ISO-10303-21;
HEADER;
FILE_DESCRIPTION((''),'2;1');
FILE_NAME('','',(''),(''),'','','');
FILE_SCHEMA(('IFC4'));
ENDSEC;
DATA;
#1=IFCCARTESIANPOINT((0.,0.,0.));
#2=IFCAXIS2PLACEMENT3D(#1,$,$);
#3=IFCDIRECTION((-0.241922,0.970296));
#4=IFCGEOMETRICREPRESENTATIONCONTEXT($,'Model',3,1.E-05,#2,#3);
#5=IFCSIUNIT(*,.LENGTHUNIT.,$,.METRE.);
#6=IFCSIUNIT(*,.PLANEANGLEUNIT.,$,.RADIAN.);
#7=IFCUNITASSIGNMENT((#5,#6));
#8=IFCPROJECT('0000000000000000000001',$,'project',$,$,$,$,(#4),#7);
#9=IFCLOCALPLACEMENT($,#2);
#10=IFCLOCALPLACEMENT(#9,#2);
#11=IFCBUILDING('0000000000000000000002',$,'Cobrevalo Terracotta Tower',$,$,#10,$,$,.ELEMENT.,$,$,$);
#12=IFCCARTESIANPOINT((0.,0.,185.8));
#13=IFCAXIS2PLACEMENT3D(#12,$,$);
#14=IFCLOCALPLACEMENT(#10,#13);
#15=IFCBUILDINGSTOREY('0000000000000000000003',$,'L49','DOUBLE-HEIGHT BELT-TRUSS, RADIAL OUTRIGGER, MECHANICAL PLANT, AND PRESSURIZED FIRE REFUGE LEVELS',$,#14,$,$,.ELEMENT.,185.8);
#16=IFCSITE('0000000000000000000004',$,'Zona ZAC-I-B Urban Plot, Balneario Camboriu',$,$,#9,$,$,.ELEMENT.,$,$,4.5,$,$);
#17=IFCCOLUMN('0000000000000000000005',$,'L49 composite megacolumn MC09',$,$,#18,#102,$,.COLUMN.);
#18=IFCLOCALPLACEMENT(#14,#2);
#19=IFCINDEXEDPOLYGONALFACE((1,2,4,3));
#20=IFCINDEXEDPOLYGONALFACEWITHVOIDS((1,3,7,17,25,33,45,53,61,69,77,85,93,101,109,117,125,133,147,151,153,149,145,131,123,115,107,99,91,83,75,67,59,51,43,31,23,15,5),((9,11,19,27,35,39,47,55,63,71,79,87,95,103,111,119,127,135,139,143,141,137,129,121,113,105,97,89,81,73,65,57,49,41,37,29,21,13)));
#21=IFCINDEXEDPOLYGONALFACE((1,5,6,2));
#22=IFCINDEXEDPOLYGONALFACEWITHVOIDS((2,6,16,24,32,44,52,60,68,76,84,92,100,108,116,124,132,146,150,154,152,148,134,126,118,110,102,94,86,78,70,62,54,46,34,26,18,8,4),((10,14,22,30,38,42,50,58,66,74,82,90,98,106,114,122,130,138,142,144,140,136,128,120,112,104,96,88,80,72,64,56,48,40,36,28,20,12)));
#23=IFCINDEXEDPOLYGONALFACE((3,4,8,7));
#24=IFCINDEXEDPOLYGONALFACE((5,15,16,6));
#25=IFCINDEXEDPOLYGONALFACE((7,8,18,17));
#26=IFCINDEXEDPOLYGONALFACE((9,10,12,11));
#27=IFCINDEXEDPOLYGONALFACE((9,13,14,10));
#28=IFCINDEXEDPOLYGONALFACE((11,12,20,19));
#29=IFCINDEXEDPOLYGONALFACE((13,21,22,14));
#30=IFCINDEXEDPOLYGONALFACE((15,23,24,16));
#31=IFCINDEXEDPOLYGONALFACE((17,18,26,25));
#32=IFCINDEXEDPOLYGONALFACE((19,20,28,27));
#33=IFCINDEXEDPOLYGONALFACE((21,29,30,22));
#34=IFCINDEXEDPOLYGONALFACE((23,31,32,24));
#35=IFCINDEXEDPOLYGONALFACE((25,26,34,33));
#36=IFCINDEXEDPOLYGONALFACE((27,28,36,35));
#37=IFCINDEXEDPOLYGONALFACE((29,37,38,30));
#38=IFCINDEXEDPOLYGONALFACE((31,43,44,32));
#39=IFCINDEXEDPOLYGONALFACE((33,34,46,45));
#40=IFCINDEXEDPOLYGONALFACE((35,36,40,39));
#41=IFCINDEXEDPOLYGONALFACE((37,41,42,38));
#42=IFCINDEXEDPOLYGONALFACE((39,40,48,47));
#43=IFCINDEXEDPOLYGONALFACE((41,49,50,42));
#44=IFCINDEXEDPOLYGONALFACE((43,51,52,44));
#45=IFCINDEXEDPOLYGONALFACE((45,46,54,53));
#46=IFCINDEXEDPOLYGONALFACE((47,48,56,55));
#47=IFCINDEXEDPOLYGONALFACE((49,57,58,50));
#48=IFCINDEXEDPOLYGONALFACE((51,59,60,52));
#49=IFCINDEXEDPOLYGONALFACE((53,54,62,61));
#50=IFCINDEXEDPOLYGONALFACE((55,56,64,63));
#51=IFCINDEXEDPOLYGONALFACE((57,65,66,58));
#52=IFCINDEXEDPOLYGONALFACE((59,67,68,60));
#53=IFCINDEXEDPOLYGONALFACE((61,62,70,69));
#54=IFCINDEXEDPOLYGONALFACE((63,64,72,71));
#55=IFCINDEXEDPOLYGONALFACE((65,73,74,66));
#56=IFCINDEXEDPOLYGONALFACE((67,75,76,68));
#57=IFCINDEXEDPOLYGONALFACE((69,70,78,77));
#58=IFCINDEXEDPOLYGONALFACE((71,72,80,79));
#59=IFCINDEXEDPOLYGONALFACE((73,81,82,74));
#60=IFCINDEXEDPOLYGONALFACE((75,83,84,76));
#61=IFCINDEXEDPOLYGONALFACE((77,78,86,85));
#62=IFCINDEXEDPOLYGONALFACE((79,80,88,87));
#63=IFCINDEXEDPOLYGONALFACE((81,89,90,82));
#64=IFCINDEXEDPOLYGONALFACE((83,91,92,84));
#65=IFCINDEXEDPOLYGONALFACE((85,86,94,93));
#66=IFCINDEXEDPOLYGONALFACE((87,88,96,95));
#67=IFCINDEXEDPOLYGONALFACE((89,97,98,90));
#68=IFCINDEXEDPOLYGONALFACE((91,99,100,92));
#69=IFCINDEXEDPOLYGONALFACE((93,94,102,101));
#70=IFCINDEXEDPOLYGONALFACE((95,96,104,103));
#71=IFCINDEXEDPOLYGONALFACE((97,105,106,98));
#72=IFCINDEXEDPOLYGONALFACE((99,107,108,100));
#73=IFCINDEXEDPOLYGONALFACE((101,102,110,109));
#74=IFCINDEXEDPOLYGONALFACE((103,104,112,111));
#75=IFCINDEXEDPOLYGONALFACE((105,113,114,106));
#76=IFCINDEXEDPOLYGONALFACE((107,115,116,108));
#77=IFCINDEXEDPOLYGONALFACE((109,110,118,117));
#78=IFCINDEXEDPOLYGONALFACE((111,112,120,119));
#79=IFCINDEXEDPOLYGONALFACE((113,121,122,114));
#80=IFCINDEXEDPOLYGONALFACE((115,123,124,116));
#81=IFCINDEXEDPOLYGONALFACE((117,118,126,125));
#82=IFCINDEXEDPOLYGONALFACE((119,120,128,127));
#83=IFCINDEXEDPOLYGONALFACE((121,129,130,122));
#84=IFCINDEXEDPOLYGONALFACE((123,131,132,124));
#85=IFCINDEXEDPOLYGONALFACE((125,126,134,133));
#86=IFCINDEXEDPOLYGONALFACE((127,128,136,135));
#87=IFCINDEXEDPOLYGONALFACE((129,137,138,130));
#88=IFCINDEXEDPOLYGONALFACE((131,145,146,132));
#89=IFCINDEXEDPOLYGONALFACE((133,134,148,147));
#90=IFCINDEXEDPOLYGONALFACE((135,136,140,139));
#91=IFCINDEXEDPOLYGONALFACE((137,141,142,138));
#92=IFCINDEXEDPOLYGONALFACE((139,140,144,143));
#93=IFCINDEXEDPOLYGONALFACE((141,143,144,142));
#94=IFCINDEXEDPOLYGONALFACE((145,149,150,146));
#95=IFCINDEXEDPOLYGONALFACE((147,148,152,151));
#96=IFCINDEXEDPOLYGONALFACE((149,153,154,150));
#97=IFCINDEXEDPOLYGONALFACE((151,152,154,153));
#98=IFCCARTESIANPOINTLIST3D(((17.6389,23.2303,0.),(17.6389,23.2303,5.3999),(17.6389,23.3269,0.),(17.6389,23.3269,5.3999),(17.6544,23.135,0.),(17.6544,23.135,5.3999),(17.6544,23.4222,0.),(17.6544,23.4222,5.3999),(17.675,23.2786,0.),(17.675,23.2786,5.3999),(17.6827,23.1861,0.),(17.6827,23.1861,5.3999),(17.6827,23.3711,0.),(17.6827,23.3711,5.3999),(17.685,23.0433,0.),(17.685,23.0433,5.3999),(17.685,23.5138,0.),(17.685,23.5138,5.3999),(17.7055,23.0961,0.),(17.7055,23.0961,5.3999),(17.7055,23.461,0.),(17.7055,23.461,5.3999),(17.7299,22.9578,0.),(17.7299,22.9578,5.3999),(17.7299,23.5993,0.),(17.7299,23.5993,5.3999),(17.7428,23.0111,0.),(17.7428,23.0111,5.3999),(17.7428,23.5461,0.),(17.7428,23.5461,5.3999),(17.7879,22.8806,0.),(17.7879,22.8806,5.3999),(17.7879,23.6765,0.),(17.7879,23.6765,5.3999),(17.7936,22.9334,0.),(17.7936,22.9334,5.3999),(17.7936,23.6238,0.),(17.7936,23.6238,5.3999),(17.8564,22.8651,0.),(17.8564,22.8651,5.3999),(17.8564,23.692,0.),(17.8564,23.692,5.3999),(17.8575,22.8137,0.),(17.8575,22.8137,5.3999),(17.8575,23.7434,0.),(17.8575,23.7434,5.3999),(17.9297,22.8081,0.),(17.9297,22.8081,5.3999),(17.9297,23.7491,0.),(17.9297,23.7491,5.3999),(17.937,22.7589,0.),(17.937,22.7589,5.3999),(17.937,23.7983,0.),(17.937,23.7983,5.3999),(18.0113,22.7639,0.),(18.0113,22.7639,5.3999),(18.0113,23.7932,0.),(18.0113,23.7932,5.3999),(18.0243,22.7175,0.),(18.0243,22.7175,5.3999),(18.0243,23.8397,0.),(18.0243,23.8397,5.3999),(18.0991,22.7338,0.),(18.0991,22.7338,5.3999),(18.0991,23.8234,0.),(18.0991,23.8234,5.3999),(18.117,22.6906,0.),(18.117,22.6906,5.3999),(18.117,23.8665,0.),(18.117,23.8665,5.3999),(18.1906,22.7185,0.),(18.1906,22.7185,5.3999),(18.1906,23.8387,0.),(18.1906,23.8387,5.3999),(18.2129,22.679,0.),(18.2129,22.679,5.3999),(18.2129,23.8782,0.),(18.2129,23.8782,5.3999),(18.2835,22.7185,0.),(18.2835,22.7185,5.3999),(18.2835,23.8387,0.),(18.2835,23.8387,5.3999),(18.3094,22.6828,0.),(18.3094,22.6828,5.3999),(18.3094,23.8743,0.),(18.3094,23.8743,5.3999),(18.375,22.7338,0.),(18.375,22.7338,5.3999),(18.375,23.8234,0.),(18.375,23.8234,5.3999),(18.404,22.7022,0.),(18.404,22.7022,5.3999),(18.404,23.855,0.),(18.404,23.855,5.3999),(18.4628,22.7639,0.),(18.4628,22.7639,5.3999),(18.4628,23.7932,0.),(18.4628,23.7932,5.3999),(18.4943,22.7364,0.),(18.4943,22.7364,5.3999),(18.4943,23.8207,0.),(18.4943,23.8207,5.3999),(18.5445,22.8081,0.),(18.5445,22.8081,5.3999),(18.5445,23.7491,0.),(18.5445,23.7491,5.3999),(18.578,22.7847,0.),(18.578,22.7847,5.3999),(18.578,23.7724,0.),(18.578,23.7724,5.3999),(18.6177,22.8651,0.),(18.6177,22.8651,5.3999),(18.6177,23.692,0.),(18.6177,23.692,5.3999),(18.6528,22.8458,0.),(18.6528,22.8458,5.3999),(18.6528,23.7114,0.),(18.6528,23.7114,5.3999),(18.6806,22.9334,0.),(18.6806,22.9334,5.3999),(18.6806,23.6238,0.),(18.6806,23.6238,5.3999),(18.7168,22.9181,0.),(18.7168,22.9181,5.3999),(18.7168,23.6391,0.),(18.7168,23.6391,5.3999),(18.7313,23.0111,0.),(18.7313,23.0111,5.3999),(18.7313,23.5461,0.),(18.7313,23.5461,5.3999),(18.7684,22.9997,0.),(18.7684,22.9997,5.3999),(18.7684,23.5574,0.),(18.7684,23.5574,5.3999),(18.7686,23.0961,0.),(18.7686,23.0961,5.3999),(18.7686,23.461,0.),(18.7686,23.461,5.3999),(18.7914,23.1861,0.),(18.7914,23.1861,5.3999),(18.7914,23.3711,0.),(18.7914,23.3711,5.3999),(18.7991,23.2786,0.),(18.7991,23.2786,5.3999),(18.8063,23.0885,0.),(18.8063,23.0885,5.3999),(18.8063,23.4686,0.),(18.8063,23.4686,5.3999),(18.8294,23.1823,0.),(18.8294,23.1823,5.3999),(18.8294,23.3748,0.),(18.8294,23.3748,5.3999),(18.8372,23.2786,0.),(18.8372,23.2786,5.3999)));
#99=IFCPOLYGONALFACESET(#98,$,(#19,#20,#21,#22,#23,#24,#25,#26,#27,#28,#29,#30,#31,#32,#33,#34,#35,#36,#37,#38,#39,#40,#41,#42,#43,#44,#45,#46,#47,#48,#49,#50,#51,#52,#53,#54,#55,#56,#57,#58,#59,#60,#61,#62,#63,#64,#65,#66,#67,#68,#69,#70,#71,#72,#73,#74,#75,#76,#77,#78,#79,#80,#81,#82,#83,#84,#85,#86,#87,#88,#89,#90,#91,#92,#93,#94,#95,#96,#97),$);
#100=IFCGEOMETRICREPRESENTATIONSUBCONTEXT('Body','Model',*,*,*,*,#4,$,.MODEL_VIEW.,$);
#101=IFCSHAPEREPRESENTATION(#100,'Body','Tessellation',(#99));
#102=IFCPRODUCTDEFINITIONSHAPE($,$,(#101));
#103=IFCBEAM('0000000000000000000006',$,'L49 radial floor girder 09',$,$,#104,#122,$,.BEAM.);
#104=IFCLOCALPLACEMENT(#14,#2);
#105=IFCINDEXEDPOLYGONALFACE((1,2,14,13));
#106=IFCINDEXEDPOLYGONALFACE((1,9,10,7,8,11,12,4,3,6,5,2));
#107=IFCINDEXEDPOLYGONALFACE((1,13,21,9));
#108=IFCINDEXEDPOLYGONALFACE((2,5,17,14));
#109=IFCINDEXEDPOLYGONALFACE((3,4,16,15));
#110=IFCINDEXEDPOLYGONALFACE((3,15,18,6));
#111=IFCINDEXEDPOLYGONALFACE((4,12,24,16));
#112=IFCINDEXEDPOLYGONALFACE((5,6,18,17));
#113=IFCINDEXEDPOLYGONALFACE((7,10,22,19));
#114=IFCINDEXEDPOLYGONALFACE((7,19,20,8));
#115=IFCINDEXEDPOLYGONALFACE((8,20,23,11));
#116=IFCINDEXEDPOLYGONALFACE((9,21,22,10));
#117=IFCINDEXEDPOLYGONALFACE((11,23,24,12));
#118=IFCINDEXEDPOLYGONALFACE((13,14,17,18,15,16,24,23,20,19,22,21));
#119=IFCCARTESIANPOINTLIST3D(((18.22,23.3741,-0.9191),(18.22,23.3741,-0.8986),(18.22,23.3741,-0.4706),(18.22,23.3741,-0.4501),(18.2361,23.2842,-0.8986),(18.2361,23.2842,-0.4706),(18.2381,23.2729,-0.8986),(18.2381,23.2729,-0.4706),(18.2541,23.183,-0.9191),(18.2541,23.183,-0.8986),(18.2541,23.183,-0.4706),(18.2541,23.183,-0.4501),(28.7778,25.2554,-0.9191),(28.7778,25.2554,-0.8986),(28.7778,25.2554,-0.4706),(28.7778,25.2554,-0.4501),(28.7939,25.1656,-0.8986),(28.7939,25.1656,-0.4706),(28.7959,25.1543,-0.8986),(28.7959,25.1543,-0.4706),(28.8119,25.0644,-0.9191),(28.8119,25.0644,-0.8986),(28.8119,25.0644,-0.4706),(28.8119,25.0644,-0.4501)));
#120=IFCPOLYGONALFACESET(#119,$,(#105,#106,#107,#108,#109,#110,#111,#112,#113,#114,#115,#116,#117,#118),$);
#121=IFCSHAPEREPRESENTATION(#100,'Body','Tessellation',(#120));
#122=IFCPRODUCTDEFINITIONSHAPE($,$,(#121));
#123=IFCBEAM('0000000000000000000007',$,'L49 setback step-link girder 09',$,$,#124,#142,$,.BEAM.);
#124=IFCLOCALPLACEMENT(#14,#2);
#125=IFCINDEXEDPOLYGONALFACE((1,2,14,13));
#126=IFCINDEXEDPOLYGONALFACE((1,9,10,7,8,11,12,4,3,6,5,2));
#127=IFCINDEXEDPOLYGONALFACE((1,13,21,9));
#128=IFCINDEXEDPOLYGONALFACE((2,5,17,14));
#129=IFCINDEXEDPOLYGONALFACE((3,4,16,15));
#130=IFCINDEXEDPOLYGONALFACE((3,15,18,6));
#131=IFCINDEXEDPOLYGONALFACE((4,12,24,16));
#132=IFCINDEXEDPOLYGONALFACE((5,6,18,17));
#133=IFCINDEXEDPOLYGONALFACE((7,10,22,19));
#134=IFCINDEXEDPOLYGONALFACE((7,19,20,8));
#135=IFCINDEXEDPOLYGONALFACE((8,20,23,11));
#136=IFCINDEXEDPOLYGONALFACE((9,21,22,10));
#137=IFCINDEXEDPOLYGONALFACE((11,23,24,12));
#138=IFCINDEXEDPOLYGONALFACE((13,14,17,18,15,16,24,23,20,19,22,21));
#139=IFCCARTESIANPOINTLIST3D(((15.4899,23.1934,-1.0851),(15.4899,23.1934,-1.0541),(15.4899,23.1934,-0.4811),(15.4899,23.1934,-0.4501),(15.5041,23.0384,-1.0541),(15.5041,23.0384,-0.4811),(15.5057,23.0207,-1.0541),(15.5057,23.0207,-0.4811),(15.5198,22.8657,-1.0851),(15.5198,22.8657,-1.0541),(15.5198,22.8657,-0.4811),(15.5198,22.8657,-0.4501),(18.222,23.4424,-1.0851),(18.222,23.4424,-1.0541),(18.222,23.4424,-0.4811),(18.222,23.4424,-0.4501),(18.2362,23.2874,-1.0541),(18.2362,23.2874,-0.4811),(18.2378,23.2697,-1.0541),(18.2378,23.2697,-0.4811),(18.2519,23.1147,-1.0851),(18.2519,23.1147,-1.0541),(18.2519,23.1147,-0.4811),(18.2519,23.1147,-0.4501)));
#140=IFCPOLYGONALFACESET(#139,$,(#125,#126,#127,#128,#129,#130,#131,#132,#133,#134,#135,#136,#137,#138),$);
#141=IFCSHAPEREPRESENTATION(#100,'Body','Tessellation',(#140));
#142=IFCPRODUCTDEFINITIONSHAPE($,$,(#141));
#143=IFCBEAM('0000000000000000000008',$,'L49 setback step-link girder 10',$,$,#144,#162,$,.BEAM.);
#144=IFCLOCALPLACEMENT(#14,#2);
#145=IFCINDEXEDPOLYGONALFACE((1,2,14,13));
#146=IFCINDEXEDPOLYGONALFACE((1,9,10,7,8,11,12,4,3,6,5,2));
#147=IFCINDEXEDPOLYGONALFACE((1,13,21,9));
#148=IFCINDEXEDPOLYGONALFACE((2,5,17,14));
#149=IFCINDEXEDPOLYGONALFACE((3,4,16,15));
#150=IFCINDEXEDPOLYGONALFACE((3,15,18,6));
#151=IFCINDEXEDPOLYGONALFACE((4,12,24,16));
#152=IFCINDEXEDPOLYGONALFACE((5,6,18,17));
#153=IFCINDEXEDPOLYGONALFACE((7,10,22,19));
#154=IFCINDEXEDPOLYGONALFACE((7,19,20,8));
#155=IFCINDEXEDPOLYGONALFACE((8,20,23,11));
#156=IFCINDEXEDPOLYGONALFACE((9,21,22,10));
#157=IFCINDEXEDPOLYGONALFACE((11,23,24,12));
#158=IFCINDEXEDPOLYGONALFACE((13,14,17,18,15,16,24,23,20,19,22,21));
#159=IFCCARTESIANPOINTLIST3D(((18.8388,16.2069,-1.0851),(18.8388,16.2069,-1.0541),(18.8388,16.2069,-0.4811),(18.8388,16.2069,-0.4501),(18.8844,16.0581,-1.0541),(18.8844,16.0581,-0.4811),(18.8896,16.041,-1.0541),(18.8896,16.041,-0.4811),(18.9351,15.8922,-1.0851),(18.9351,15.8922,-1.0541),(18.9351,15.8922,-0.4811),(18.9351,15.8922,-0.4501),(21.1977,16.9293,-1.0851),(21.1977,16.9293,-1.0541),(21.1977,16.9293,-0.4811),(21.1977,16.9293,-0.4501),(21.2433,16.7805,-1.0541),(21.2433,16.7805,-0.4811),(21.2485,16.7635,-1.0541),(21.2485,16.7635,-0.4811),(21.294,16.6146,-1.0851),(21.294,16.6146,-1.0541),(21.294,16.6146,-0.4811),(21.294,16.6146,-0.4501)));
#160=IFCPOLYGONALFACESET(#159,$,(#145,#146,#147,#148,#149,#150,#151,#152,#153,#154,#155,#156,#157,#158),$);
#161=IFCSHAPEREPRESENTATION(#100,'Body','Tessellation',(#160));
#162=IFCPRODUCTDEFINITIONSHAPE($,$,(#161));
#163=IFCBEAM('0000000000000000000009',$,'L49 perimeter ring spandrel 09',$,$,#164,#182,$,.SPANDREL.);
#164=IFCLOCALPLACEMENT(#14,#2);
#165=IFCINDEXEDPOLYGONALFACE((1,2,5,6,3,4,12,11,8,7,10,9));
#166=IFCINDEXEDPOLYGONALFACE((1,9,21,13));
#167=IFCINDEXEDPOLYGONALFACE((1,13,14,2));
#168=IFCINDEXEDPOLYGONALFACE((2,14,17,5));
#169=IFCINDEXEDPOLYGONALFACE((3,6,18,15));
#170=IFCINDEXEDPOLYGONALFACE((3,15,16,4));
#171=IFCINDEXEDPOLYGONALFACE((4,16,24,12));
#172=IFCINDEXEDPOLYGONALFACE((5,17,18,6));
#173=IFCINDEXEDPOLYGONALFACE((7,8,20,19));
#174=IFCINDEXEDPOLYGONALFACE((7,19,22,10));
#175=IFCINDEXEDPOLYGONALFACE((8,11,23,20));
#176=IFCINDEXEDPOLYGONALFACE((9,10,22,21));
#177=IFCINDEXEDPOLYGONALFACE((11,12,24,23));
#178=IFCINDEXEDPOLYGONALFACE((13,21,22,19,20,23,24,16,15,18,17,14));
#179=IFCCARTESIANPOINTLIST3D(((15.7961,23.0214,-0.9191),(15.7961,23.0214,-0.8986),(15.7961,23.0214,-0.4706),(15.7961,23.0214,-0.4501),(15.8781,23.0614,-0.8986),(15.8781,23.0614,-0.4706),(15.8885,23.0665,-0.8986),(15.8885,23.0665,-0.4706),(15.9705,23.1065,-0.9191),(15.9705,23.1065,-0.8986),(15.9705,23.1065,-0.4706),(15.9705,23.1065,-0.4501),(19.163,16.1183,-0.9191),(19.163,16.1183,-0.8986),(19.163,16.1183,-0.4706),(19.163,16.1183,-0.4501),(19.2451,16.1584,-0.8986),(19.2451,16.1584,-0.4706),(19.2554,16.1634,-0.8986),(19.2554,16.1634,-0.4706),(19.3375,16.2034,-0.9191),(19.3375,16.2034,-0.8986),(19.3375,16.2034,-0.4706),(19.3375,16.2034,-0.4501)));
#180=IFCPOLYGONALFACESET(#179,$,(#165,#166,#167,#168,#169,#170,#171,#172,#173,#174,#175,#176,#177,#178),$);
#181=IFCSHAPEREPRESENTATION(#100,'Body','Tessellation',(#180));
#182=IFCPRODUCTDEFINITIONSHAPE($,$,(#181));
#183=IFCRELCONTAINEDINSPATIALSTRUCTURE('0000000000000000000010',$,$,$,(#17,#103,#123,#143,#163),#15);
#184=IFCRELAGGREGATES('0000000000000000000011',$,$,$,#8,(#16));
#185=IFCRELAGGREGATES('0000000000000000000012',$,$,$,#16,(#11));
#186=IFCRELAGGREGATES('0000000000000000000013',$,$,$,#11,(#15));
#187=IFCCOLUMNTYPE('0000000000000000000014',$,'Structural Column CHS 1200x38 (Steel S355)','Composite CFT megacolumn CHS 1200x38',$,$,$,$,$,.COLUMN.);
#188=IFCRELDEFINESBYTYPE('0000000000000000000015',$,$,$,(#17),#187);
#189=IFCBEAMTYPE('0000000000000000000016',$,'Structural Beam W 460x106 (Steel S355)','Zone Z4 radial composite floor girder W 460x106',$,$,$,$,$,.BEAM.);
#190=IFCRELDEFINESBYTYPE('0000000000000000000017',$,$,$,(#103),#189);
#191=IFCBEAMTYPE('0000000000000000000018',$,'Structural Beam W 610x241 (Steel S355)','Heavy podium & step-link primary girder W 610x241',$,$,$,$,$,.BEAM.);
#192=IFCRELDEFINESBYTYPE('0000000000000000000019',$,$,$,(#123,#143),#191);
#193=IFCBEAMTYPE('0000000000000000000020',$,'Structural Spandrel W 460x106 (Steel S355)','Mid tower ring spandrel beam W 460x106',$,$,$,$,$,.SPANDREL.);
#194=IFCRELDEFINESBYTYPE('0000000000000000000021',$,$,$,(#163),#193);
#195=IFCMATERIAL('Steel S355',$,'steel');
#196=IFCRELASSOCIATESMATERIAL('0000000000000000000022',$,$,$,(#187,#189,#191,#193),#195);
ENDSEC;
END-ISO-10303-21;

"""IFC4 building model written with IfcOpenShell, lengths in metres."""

from ifc_helpers import new_model, si_unit, direction, frame, origin, origin_2d, place, context, subcontext, project, spatial, hollow_circle, i_section, extrude, material, material_profile, profile_set, type_object, element, save


model = new_model("IFC4")

# Units and contexts
model_context = context("Model", 3, precision=1e-05, world=origin(), true_north=direction((-0.241922, 0.970296)))
body_context = subcontext(model_context, "Body", "Model", "MODEL_VIEW")
ifc_project = project(units=[si_unit("LENGTHUNIT", "METRE"), si_unit("PLANEANGLEUNIT", "RADIAN")], contexts=[model_context])

# Site, building, storey
site_placement = place(None, origin())
site = spatial("IfcSite", under=ifc_project, at=site_placement, Name="Zona ZAC-I-B Urban Plot, Balneario Camboriu", CompositionType="ELEMENT", RefElevation=4.5)
building_placement = place(site_placement, origin())
building = spatial("IfcBuilding", under=site, at=building_placement, Name="Cobrevalo Terracotta Tower", CompositionType="ELEMENT")
storey_placement = place(building_placement, frame((0.0, 0.0, 185.8)))
storey = spatial("IfcBuildingStorey", under=building, at=storey_placement, Name="L49", Description="DOUBLE-HEIGHT BELT-TRUSS, RADIAL OUTRIGGER, MECHANICAL PLANT, AND PRESSURIZED FIRE REFUGE LEVELS", CompositionType="ELEMENT", Elevation=185.8)

# Column
ifc_material_1 = material(Name="Steel S355", Category="steel")
ifc_material_profile_1 = material_profile(ifc_material_1, hollow_circle(Radius=0.6001, WallThickness=0.0381, at=origin_2d()), Name="CHS 1200x38")
ifc_profile_set_1 = profile_set([ifc_material_profile_1], Name="Steel S355")
column_type = type_object("IfcColumnType", Name="Structural Column CHS 1200x38 (Steel S355)", Description="Composite CFT megacolumn CHS 1200x38", PredefinedType="COLUMN", material=ifc_profile_set_1)
column_placement = place(storey_placement, frame((18.2371, 23.2786, 0.0), z_axis=(0.0, 0.0, 1.0), x_axis=(1.0, 0.0, 0.0)))
element("IfcColumn", 1, at=column_placement, inside=storey, type_object=column_type, Name="L49 composite megacolumn MC09", PredefinedType="COLUMN", context=body_context, shape_type="SweptSolid", body=[
    extrude(hollow_circle(Radius=0.6001, WallThickness=0.0381, at=origin_2d()), origin(), (0.0, 0.0, 1.0), 5.3999),
])

# Beams
ifc_material_profile_2 = material_profile(ifc_material_1, i_section(OverallWidth=0.1941, OverallDepth=0.469, WebThickness=0.0115, FlangeThickness=0.0205, at=origin_2d()), Name="W 460x106")
ifc_profile_set_2 = profile_set([ifc_material_profile_2], Name="Steel S355")
beam_type_1 = type_object("IfcBeamType", Name="Structural Beam W 460x106 (Steel S355)", Description="Zone Z4 radial composite floor girder W 460x106", PredefinedType="BEAM", material=ifc_profile_set_2)
beam_1_placement = place(storey_placement, frame((18.2371, 23.2786, -0.6846), z_axis=(0.984492, 0.175431, 0.0), x_axis=(-0.175431, 0.984492, 0.0)))
element("IfcBeam", 2, at=beam_1_placement, inside=storey, type_object=beam_type_1, Name="L49 radial floor girder 09", PredefinedType="BEAM", context=body_context, shape_type="SweptSolid", body=[
    extrude(i_section(OverallWidth=0.1941, OverallDepth=0.469, WebThickness=0.0115, FlangeThickness=0.0205, at=origin_2d()), origin(), (0.0, 0.0, 1.0), 10.7241),
])
ifc_material_profile_3 = material_profile(ifc_material_1, i_section(OverallWidth=0.3291, OverallDepth=0.635, WebThickness=0.0178, FlangeThickness=0.031, at=origin_2d()), Name="W 610x241")
ifc_profile_set_3 = profile_set([ifc_material_profile_3], Name="Steel S355")
beam_type_2 = type_object("IfcBeamType", Name="Structural Beam W 610x241 (Steel S355)", Description="Heavy podium & step-link primary girder W 610x241", PredefinedType="BEAM", material=ifc_profile_set_3)
beam_2_placement = place(storey_placement, frame((15.5049, 23.0295, -0.7676), z_axis=(0.995872, 0.090768, 0.0), x_axis=(-0.090768, 0.995872, 0.0)))
element("IfcBeam", 3, at=beam_2_placement, inside=storey, type_object=beam_type_2, Name="L49 setback step-link girder 09", PredefinedType="BEAM", context=body_context, shape_type="SweptSolid", body=[
    extrude(i_section(OverallWidth=0.3291, OverallDepth=0.635, WebThickness=0.0178, FlangeThickness=0.031, at=origin_2d()), origin(), (0.0, 0.0, 1.0), 2.7434),
])
beam_3_placement = place(storey_placement, frame((18.887, 16.0496, -0.7676), z_axis=(0.956165, 0.292827, 0.0), x_axis=(-0.292827, 0.956165, 0.0)))
element("IfcBeam", 4, at=beam_3_placement, inside=storey, type_object=beam_type_2, Name="L49 setback step-link girder 10", PredefinedType="BEAM", context=body_context, shape_type="SweptSolid", body=[
    extrude(i_section(OverallWidth=0.3291, OverallDepth=0.635, WebThickness=0.0178, FlangeThickness=0.031, at=origin_2d()), origin(), (0.0, 0.0, 1.0), 2.467),
])
ifc_material_profile_4 = material_profile(ifc_material_1, i_section(OverallWidth=0.1941, OverallDepth=0.469, WebThickness=0.0115, FlangeThickness=0.0205, at=origin_2d()), Name="W 460x106")
ifc_profile_set_4 = profile_set([ifc_material_profile_4], Name="Steel S355")
beam_type_3 = type_object("IfcBeamType", Name="Structural Spandrel W 460x106 (Steel S355)", Description="Mid tower ring spandrel beam W 460x106", PredefinedType="SPANDREL", material=ifc_profile_set_4)
beam_4_placement = place(storey_placement, frame((15.8833, 23.064, -0.6846), z_axis=(0.43838, -0.89879, 0.0), x_axis=(0.89879, 0.43838, 0.0)))
element("IfcBeam", 5, at=beam_4_placement, inside=storey, type_object=beam_type_3, Name="L49 perimeter ring spandrel 09", PredefinedType="SPANDREL", context=body_context, shape_type="SweptSolid", body=[
    extrude(i_section(OverallWidth=0.1941, OverallDepth=0.469, WebThickness=0.0115, FlangeThickness=0.0205, at=origin_2d()), origin(), (0.0, 0.0, 1.0), 7.6804),
])

save(model, "model.ifc")
